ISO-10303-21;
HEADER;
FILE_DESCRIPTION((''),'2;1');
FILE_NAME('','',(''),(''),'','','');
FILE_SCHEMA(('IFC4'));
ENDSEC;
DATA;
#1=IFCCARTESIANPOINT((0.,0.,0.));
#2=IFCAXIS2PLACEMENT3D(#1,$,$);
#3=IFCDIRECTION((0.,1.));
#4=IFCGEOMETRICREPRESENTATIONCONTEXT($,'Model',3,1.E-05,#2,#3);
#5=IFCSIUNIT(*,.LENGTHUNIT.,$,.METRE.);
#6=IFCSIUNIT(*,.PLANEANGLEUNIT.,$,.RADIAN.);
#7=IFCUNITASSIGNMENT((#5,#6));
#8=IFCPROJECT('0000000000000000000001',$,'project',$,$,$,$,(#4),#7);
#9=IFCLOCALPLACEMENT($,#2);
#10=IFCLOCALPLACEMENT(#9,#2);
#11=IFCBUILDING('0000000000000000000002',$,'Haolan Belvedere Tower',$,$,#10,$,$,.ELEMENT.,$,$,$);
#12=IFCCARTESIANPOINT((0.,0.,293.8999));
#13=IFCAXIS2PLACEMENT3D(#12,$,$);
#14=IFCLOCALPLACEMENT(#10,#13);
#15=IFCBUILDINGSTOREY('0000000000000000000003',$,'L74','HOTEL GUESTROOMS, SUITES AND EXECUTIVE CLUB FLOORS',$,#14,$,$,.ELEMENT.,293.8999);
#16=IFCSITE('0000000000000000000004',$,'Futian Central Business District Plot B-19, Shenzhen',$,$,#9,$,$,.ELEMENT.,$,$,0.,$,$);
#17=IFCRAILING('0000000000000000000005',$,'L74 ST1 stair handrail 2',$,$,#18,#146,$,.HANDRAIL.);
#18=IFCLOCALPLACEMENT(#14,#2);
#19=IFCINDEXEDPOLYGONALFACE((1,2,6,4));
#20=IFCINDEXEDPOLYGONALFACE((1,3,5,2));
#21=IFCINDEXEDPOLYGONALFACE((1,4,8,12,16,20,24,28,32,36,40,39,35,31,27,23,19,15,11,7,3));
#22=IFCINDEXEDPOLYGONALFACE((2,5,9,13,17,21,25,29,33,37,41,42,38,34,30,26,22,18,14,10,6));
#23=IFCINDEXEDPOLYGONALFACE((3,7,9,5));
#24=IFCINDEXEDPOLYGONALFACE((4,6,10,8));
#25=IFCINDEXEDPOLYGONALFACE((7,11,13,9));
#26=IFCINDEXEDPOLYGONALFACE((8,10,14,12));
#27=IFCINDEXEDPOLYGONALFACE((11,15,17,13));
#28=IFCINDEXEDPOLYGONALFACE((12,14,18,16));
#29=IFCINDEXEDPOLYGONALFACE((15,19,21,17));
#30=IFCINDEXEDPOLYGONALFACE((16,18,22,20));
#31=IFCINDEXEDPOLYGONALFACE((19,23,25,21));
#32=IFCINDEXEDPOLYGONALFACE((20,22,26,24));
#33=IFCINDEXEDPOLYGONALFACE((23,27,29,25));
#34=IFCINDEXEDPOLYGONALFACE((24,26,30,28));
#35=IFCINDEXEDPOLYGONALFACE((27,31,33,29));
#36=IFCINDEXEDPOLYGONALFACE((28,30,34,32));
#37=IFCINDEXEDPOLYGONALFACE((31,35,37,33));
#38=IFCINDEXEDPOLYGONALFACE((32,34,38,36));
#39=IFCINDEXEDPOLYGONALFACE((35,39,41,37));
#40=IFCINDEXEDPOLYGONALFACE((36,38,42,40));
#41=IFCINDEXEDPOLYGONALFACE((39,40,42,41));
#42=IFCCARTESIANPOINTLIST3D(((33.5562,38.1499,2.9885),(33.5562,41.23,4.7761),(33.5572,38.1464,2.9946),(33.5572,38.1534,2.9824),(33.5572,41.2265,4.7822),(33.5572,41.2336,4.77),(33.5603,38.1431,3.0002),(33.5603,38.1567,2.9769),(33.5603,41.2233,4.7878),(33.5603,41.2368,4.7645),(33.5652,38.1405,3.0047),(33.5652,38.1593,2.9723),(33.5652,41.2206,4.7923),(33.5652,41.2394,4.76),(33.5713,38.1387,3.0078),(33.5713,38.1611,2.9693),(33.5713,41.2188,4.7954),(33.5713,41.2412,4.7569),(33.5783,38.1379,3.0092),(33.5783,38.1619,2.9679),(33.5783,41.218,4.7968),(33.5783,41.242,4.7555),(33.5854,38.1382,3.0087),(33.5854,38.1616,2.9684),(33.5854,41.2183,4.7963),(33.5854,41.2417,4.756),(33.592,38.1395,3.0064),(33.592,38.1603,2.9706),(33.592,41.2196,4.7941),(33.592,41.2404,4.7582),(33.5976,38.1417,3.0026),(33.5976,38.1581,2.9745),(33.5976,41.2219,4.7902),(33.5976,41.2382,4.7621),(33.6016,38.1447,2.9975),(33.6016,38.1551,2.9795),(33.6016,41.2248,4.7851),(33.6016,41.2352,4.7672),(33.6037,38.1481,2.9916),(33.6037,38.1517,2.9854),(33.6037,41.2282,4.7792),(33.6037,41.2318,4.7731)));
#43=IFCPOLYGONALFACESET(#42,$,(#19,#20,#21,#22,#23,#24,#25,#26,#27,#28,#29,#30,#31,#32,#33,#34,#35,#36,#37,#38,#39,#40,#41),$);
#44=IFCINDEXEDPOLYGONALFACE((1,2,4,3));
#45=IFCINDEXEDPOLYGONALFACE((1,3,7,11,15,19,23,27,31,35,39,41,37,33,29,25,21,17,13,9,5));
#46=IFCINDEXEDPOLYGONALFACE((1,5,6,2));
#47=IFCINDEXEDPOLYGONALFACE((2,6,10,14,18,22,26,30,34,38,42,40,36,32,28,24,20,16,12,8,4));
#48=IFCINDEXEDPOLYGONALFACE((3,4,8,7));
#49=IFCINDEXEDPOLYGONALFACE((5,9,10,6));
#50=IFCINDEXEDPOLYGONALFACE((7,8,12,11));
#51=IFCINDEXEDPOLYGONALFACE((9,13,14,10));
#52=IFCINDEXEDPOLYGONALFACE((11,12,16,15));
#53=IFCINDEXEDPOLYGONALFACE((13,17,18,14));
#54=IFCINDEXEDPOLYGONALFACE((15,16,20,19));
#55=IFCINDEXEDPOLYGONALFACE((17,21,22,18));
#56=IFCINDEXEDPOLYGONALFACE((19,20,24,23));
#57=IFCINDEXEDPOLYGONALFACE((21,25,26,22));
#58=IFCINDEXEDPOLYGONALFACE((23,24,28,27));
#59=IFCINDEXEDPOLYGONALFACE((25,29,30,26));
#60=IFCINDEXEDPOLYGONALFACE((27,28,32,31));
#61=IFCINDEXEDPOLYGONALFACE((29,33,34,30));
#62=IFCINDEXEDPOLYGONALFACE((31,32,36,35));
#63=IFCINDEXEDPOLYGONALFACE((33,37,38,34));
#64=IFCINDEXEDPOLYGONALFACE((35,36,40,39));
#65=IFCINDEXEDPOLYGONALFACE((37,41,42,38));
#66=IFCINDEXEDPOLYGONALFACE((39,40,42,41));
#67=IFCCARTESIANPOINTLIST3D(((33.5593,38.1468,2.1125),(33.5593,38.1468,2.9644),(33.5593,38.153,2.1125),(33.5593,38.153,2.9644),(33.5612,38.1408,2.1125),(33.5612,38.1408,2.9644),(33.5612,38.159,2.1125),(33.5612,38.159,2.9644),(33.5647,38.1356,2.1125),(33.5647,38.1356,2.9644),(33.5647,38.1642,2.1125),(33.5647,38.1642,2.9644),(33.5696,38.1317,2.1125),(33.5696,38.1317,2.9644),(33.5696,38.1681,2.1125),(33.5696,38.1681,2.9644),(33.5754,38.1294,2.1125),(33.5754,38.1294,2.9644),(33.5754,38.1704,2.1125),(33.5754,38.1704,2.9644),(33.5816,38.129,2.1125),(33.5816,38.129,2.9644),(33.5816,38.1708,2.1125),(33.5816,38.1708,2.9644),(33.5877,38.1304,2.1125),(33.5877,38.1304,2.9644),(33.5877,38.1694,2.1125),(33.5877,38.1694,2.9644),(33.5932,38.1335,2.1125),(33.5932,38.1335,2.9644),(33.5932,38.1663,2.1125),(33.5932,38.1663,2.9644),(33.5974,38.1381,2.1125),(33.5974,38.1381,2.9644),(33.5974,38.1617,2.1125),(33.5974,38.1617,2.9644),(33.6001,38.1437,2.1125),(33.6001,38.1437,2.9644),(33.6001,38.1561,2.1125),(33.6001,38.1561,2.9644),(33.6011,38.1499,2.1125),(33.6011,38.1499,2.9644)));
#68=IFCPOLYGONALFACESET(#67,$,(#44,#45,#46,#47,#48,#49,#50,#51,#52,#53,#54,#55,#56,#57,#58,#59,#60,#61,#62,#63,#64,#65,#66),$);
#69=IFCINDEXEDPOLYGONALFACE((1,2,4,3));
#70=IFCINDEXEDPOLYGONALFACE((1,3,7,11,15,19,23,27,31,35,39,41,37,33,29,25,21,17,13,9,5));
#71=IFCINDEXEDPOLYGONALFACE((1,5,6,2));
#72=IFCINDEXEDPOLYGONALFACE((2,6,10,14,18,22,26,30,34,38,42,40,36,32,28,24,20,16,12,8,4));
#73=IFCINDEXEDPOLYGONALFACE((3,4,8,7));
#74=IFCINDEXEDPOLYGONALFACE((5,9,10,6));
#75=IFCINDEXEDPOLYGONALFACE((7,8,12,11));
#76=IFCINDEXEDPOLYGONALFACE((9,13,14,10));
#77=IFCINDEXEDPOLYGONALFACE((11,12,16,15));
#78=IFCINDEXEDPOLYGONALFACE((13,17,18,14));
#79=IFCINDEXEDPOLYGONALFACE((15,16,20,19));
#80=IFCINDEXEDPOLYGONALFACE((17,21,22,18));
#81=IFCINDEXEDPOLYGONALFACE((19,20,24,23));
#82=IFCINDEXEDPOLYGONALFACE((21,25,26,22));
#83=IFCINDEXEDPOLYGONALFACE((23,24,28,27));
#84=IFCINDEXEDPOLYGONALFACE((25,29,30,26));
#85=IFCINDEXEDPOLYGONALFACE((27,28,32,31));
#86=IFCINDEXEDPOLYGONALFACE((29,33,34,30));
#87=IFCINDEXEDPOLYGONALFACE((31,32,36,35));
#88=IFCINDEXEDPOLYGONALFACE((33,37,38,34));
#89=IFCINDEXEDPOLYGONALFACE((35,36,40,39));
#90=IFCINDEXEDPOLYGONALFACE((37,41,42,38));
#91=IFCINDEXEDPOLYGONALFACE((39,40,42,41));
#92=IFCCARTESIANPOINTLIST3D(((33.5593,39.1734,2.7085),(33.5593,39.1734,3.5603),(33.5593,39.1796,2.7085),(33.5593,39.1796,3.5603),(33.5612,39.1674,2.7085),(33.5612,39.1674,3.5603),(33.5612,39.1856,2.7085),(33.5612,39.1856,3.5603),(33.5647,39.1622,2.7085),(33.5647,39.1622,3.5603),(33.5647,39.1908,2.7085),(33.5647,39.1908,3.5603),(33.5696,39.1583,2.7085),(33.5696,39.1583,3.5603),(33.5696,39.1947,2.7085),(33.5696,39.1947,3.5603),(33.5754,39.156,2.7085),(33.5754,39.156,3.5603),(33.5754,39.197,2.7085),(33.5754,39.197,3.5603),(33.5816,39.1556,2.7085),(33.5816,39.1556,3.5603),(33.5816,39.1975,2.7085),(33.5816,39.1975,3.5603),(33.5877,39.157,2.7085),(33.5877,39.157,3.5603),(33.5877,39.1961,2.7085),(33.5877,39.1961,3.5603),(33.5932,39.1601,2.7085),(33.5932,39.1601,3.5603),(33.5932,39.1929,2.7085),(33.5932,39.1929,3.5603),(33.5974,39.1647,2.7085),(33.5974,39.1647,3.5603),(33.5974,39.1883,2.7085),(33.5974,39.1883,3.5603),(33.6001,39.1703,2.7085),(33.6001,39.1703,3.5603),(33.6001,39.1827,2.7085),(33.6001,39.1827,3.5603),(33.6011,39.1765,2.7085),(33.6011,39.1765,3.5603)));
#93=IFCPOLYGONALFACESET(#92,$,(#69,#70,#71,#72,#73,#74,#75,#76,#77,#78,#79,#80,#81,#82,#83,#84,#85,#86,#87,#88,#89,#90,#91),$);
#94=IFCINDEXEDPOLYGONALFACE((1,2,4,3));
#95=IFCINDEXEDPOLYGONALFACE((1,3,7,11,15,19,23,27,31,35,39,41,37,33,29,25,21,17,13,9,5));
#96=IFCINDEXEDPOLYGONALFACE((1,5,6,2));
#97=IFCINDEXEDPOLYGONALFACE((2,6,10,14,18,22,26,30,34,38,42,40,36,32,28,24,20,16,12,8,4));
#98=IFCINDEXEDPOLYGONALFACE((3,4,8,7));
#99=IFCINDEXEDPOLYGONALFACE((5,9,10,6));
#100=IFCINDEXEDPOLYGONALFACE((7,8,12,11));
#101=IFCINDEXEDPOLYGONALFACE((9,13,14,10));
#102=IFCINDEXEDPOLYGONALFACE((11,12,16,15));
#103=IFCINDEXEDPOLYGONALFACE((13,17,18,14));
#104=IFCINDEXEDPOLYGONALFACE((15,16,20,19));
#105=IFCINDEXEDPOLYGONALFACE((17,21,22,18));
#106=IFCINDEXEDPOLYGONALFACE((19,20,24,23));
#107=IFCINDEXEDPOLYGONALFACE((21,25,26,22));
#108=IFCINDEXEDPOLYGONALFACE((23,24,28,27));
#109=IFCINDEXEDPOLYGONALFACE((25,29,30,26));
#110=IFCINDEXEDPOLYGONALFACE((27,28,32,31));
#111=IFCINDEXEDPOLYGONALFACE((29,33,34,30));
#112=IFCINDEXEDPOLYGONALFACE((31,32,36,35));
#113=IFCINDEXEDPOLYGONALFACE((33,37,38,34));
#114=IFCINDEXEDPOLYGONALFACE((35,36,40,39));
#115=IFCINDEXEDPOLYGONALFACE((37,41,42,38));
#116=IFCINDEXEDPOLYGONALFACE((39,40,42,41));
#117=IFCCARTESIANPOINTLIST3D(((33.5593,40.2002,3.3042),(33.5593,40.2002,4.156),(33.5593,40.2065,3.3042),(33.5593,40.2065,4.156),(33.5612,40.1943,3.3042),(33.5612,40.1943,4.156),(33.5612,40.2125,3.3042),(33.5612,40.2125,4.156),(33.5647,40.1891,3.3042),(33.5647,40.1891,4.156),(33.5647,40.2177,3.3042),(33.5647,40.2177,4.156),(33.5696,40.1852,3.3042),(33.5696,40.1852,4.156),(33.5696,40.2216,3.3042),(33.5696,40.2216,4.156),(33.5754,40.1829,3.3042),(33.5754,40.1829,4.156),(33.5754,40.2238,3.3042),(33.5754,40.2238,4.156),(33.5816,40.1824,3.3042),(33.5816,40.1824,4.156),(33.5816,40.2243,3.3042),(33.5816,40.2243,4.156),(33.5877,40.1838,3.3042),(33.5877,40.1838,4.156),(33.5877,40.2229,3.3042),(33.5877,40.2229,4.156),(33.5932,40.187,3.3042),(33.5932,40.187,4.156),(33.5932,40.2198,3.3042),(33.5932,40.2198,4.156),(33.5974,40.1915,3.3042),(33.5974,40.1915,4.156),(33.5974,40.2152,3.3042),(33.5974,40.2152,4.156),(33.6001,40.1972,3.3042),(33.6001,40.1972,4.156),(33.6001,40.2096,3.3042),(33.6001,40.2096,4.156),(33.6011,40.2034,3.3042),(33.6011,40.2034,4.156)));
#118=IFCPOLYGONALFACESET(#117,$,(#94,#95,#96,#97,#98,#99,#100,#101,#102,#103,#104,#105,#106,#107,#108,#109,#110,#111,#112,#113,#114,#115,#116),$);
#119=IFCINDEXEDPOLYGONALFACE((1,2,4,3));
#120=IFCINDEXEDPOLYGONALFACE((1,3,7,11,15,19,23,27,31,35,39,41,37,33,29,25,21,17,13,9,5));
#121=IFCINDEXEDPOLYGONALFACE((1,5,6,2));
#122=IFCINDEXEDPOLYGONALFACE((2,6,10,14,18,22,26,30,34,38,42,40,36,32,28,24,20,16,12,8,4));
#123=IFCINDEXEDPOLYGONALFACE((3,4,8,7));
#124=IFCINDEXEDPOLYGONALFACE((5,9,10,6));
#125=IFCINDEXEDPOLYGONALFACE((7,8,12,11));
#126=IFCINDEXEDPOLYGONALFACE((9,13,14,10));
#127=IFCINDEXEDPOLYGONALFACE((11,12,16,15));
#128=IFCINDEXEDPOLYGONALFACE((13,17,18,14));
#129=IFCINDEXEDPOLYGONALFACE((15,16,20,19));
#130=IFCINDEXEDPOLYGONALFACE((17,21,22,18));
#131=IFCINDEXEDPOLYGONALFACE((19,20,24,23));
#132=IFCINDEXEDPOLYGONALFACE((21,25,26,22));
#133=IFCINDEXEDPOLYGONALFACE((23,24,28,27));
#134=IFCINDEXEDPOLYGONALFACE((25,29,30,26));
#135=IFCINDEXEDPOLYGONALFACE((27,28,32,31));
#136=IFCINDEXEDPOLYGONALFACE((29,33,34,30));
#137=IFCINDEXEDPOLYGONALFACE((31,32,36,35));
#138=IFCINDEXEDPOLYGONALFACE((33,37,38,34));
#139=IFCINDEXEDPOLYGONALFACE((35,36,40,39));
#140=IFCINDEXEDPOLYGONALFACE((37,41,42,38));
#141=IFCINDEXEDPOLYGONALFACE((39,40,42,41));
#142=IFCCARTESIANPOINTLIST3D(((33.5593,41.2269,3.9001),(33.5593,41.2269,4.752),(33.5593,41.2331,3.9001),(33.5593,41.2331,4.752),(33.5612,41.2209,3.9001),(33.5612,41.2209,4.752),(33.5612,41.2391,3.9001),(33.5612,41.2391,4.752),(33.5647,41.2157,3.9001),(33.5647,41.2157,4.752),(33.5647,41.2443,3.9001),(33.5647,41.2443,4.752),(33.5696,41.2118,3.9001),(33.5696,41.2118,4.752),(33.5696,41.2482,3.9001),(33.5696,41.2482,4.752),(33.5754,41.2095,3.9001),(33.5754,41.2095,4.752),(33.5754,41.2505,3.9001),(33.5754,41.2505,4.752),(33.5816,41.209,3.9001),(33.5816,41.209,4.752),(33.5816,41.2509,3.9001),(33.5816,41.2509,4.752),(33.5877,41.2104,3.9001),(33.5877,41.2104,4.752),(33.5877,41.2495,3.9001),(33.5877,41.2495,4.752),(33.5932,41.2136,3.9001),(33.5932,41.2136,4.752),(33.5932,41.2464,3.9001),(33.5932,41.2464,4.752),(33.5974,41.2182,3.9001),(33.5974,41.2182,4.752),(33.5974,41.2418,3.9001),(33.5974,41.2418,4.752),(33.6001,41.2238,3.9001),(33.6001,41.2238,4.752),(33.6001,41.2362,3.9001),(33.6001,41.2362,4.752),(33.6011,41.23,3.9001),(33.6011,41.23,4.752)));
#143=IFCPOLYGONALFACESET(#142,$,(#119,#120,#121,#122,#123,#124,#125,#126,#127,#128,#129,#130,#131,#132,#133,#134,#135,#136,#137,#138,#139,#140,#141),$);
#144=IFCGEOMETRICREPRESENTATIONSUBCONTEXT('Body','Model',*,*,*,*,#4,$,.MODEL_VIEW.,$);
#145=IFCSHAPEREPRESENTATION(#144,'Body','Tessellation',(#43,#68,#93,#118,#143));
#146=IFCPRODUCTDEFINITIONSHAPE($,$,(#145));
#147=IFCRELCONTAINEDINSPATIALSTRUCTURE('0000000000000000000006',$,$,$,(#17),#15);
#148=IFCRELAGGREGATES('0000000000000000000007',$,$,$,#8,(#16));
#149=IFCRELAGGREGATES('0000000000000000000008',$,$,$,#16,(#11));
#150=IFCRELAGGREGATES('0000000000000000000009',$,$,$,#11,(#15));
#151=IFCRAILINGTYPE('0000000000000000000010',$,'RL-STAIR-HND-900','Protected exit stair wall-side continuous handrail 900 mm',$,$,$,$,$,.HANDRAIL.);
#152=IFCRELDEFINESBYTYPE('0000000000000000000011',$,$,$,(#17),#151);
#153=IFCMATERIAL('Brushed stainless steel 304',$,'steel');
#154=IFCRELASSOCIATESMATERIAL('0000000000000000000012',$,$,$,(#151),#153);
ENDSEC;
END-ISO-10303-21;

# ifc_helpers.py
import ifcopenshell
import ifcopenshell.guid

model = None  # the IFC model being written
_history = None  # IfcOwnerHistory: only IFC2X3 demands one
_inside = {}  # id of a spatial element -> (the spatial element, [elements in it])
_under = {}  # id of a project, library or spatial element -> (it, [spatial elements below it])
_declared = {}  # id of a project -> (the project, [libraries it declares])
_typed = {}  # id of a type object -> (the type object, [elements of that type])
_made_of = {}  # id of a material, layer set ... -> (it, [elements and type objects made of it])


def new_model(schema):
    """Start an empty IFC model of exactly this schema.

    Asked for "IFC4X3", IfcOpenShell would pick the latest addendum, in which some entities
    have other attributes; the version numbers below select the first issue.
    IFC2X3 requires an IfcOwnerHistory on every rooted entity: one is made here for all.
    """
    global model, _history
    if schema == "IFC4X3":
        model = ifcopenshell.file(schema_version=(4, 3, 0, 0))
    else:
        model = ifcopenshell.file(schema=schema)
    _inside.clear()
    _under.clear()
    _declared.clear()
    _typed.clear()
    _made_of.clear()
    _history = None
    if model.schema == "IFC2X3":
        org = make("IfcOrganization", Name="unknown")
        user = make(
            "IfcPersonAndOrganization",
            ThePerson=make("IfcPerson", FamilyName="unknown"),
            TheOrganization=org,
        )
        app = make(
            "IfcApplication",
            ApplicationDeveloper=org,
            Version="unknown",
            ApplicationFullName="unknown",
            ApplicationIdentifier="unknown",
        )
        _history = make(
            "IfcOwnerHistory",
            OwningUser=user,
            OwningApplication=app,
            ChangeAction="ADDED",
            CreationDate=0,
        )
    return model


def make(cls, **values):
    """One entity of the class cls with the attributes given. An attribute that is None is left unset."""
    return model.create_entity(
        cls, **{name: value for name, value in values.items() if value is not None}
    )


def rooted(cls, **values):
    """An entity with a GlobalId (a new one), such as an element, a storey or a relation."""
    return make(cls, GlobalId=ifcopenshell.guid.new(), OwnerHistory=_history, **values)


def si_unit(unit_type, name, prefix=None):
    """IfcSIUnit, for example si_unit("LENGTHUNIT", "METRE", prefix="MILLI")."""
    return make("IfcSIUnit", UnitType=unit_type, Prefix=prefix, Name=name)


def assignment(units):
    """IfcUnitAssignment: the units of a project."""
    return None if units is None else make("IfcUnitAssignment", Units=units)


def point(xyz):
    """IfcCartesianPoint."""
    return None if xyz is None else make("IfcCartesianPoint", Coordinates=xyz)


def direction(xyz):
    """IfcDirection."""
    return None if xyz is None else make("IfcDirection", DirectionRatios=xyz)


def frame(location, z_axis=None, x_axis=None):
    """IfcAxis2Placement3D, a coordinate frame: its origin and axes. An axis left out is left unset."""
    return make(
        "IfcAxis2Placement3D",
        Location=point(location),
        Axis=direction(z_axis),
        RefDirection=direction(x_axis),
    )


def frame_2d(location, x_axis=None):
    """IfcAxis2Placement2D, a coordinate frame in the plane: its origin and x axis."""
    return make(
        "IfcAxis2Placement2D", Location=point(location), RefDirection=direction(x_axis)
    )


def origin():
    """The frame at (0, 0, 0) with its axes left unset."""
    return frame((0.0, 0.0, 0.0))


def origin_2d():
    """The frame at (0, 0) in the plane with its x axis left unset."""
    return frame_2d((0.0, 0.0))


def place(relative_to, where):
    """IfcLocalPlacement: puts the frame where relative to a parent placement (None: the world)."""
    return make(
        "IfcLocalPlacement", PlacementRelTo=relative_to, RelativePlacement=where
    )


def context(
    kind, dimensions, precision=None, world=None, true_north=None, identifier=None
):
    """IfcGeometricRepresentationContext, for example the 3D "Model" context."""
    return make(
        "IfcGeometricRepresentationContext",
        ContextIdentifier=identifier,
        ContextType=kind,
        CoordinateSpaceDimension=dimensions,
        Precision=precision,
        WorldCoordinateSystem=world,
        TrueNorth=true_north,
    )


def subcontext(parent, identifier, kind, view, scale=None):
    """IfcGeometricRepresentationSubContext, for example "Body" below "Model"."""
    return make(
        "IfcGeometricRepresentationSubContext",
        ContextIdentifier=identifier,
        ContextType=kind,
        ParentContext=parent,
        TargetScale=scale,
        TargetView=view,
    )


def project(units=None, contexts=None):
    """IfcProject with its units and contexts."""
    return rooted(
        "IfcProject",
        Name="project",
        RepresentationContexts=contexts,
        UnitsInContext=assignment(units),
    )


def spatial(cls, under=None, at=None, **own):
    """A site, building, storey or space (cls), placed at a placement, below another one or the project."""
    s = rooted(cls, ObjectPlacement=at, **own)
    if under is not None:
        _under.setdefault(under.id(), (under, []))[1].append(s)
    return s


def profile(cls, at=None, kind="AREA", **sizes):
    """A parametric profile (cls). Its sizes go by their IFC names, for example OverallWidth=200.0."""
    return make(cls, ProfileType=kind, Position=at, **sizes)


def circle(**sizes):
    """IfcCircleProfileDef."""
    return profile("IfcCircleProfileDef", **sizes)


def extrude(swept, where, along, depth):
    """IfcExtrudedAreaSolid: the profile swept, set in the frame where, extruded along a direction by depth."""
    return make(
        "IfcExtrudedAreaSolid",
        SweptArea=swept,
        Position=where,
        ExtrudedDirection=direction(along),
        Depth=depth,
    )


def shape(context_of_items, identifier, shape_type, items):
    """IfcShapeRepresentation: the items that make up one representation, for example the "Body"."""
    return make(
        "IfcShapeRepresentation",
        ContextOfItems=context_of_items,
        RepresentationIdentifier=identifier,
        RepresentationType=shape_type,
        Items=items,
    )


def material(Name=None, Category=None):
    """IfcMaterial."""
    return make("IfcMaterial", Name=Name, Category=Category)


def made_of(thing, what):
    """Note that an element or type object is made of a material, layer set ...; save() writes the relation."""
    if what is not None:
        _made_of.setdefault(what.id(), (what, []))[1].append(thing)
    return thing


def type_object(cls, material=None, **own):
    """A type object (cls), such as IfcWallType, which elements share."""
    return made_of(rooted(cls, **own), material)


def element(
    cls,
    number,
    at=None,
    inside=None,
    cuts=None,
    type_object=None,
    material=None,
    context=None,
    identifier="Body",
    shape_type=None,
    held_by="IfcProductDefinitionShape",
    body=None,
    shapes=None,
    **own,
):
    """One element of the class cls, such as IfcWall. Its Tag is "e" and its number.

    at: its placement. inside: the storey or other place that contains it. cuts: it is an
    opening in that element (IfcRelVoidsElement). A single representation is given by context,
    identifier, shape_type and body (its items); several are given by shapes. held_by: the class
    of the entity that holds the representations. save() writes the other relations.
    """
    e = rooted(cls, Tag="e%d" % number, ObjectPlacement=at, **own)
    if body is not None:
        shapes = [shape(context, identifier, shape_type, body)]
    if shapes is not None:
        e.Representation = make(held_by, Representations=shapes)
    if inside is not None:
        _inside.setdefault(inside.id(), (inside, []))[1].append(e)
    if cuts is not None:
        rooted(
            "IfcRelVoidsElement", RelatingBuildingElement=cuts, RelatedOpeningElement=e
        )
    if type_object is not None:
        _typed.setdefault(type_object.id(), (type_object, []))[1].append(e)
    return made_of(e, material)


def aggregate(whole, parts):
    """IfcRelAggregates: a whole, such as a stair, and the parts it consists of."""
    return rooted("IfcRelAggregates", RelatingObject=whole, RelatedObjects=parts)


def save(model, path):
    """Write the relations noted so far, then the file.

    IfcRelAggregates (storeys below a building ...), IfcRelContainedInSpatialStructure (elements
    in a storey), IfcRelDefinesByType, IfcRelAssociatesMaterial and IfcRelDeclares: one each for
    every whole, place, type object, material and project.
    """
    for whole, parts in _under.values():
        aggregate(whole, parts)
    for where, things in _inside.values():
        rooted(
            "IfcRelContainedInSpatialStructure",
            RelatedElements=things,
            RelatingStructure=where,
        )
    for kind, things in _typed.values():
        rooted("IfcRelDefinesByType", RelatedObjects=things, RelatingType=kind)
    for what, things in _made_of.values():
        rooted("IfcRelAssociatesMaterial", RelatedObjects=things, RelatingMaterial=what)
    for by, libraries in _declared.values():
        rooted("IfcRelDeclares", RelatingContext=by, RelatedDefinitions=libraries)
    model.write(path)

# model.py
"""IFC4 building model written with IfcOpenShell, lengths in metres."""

from ifc_helpers import new_model, si_unit, direction, frame, origin, origin_2d, place, context, subcontext, project, spatial, circle, extrude, material, type_object, element, save


model = new_model("IFC4")

# Units and contexts
model_context = context("Model", 3, precision=1e-05, world=origin(), true_north=direction((0.0, 1.0)))
body_context = subcontext(model_context, "Body", "Model", "MODEL_VIEW")
ifc_project = project(units=[si_unit("LENGTHUNIT", "METRE"), si_unit("PLANEANGLEUNIT", "RADIAN")], contexts=[model_context])

# Site, building, storey
site_placement = place(None, origin())
site = spatial("IfcSite", under=ifc_project, at=site_placement, Name="Futian Central Business District Plot B-19, Shenzhen", CompositionType="ELEMENT", RefElevation=0.0)
building_placement = place(site_placement, origin())
building = spatial("IfcBuilding", under=site, at=building_placement, Name="Haolan Belvedere Tower", CompositionType="ELEMENT")
storey_placement = place(building_placement, frame((0.0, 0.0, 293.8999)))
storey = spatial("IfcBuildingStorey", under=building, at=storey_placement, Name="L74", Description="HOTEL GUESTROOMS, SUITES AND EXECUTIVE CLUB FLOORS", CompositionType="ELEMENT", Elevation=293.8999)

# Railing
ifc_material_1 = material(Name="Brushed stainless steel 304", Category="steel")
railing_type_1 = type_object("IfcRailingType", Name="RL-STAIR-HND-900", Description="Protected exit stair wall-side continuous handrail 900 mm", PredefinedType="HANDRAIL", material=ifc_material_1)
railing_1_placement = place(storey_placement, frame((33.5801, 38.1499, 2.1125)))
element("IfcRailing", 1, at=railing_1_placement, inside=storey, type_object=railing_type_1, Name="L74 ST1 stair handrail 2", PredefinedType="HANDRAIL", context=body_context, shape_type="SweptSolid", body=[
    extrude(circle(Radius=0.0239, at=origin_2d()), frame((0.0, 0.0, 0.876), z_axis=(0.0, 0.864891, 0.50196), x_axis=(-1.0, 0.0, 0.0)), (0.0, 0.0, 1.0), 3.5613),
    extrude(circle(Radius=0.021, at=origin_2d()), origin(), (0.0, 0.0, 1.0), 0.8518),
    extrude(circle(Radius=0.021, at=origin_2d()), frame((0.0, 1.0266, 0.5959)), (0.0, 0.0, 1.0), 0.8518),
    extrude(circle(Radius=0.021, at=origin_2d()), frame((0.0, 2.0535, 1.1917)), (0.0, 0.0, 1.0), 0.8518),
    extrude(circle(Radius=0.021, at=origin_2d()), frame((0.0, 3.0801, 1.7876)), (0.0, 0.0, 1.0), 0.8518),
])

save(model, "model.ifc")
